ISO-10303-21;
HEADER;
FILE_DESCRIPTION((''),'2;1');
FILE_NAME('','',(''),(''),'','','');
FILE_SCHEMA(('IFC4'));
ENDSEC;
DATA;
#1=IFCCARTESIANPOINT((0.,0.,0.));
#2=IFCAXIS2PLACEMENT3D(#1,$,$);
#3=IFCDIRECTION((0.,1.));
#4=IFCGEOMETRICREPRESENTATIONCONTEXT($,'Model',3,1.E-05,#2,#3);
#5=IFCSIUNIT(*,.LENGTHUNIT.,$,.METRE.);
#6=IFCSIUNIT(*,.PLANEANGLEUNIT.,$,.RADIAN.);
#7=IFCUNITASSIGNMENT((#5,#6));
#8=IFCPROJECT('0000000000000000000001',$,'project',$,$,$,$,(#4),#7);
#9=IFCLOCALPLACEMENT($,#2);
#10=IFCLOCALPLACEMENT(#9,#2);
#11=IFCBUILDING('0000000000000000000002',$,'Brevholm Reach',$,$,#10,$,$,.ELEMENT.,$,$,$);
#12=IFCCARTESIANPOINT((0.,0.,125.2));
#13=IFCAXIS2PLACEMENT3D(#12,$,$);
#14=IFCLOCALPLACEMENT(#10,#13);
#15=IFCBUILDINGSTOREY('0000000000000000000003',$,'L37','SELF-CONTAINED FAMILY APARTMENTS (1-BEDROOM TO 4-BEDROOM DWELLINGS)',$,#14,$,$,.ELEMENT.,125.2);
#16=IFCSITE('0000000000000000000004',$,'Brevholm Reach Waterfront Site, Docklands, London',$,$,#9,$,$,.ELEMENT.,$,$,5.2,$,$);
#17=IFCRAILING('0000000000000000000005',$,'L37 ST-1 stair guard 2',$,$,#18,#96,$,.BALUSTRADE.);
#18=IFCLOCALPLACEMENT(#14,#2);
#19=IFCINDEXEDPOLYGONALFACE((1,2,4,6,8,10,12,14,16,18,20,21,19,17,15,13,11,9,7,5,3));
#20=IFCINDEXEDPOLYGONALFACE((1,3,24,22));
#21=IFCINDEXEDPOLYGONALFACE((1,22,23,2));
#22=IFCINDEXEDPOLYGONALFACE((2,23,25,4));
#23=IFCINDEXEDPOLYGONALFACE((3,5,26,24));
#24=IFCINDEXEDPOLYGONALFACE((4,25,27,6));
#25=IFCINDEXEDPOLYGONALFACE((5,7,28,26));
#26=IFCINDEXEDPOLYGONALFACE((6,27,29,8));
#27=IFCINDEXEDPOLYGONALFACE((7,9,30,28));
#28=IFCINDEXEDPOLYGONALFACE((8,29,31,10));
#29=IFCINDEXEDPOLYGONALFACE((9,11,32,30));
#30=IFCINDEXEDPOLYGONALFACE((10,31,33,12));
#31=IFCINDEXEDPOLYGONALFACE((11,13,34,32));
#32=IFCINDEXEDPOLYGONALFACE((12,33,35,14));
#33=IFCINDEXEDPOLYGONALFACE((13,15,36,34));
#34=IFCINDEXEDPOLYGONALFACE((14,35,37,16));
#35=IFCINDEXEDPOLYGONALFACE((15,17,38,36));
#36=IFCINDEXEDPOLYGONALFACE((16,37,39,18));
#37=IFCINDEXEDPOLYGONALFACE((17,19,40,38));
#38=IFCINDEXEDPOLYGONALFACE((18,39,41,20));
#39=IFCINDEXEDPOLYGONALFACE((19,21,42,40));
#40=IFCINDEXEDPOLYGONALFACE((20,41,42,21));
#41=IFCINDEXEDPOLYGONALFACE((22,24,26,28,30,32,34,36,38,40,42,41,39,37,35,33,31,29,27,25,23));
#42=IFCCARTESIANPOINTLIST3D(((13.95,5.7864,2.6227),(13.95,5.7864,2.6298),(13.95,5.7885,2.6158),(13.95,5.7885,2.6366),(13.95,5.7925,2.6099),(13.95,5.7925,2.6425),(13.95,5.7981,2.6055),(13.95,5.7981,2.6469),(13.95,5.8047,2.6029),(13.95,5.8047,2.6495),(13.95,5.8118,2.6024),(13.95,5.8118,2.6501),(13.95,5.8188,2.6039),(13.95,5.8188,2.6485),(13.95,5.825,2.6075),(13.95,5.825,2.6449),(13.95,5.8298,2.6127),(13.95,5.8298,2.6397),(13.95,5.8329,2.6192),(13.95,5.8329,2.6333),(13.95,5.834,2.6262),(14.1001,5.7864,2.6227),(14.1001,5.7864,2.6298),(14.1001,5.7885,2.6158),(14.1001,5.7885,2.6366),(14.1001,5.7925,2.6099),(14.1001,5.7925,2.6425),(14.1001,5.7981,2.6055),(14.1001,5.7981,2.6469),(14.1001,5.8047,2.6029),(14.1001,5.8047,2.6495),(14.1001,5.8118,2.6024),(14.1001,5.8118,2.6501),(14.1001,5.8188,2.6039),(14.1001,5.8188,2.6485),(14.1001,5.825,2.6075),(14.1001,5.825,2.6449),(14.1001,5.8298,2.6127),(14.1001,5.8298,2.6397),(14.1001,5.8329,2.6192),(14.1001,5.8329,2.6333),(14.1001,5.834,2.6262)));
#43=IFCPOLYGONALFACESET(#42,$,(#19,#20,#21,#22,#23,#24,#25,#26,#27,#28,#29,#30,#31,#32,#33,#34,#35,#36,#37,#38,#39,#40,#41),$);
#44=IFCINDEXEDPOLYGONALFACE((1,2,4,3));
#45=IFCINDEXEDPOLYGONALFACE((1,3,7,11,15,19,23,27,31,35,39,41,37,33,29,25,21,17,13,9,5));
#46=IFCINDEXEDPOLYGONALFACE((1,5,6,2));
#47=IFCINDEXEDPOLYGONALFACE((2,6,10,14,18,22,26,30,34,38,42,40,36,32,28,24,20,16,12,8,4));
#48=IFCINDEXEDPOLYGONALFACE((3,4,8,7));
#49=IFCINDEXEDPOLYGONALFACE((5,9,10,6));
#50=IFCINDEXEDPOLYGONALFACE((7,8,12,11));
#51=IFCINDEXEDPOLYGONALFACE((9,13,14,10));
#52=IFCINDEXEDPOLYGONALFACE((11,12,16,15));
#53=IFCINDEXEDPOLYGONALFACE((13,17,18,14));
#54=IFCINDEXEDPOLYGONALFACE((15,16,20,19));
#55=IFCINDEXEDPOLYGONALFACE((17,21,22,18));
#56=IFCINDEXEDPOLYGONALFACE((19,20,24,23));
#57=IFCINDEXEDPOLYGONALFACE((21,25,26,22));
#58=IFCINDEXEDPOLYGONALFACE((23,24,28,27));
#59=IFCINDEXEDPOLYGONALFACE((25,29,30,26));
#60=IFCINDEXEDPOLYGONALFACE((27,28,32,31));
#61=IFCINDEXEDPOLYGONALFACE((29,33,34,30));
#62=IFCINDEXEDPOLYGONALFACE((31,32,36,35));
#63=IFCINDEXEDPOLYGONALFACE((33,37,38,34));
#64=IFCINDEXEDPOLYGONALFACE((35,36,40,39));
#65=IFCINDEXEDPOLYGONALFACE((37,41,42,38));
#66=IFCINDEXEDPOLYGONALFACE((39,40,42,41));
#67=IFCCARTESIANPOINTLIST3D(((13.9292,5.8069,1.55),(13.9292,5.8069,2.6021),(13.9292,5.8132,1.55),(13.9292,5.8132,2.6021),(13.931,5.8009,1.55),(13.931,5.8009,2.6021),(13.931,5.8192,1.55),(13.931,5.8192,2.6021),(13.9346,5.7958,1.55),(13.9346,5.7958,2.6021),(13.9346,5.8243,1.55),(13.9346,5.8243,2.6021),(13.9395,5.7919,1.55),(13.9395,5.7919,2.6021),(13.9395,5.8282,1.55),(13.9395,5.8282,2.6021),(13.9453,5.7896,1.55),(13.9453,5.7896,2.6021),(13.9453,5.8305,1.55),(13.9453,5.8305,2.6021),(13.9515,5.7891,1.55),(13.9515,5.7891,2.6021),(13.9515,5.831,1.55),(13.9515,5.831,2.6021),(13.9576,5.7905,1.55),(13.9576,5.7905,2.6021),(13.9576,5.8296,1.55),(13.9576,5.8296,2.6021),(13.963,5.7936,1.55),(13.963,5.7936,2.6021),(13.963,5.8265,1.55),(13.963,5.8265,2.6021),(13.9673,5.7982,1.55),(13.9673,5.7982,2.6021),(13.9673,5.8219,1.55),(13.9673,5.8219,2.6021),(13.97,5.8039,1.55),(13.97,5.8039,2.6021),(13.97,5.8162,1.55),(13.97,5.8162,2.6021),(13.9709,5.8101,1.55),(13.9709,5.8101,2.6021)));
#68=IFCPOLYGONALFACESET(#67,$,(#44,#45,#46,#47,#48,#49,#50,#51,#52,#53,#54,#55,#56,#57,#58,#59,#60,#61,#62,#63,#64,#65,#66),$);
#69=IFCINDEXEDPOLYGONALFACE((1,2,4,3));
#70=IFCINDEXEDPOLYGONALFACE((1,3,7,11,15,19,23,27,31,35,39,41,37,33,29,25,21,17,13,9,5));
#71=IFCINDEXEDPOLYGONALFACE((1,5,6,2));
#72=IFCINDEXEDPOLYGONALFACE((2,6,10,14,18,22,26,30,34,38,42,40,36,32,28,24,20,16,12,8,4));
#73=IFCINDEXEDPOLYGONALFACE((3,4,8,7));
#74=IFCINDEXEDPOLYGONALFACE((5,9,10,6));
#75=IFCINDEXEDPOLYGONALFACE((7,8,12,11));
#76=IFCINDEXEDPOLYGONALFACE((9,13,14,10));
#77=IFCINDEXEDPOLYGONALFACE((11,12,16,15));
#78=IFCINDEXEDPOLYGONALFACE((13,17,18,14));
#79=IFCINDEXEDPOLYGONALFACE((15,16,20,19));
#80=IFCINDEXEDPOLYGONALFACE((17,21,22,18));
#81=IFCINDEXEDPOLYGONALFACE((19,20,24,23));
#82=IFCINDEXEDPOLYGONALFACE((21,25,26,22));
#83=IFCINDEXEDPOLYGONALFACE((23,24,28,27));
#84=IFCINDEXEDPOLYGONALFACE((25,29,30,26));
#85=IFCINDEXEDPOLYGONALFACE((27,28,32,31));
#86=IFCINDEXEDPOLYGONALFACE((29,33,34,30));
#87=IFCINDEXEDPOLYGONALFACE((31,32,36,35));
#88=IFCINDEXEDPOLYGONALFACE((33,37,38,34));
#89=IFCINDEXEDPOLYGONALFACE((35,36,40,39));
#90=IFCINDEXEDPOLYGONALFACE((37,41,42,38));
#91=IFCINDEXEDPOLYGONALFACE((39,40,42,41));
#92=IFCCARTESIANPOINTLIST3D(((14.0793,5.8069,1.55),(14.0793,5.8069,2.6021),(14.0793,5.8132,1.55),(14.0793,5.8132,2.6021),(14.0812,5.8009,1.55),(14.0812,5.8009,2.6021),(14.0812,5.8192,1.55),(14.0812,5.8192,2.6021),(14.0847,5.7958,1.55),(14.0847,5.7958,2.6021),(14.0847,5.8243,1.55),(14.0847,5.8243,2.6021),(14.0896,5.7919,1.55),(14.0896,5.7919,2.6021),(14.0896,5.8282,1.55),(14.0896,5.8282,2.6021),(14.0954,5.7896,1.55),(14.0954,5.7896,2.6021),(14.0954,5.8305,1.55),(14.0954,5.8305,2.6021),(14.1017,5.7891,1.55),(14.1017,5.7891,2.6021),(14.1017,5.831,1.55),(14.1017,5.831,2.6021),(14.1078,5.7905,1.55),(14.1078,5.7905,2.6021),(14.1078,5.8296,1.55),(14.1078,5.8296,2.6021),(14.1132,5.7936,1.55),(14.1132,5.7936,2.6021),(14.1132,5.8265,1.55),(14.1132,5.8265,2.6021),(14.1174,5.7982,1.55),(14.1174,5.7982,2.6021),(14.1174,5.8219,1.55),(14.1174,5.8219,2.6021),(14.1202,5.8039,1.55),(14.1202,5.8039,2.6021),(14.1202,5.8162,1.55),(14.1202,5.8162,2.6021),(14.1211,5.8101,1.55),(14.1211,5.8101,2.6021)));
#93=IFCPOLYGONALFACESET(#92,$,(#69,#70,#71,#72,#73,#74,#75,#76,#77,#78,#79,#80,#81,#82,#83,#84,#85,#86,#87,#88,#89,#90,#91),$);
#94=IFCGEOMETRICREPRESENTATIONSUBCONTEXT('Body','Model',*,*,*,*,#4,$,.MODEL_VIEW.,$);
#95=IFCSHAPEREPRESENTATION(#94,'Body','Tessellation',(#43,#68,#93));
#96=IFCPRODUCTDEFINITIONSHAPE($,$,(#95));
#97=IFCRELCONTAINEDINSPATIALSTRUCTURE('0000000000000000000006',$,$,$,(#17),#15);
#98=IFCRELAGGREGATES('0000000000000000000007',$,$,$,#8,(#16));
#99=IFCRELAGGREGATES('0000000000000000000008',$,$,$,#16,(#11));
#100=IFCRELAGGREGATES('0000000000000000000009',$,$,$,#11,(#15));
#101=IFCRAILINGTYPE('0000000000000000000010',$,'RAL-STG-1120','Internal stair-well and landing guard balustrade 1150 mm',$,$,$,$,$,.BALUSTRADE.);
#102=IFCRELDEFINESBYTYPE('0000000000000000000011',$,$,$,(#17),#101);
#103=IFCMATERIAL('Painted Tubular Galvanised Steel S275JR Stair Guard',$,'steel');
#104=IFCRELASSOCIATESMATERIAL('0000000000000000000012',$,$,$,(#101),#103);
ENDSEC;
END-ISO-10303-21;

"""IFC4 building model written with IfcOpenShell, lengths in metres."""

from ifc_helpers import new_model, si_unit, direction, frame, origin, origin_2d, place, context, subcontext, project, spatial, circle, extrude, material, type_object, element, save


model = new_model("IFC4")

# Units and contexts
model_context = context("Model", 3, precision=1e-05, world=origin(), true_north=direction((0.0, 1.0)))
body_context = subcontext(model_context, "Body", "Model", "MODEL_VIEW")
ifc_project = project(units=[si_unit("LENGTHUNIT", "METRE"), si_unit("PLANEANGLEUNIT", "RADIAN")], contexts=[model_context])

# Site, building, storey
site_placement = place(None, origin())
site = spatial("IfcSite", under=ifc_project, at=site_placement, Name="Brevholm Reach Waterfront Site, Docklands, London", CompositionType="ELEMENT", RefElevation=5.2)
building_placement = place(site_placement, origin())
building = spatial("IfcBuilding", under=site, at=building_placement, Name="Brevholm Reach", CompositionType="ELEMENT")
storey_placement = place(building_placement, frame((0.0, 0.0, 125.2)))
storey = spatial("IfcBuildingStorey", under=building, at=storey_placement, Name="L37", Description="SELF-CONTAINED FAMILY APARTMENTS (1-BEDROOM TO 4-BEDROOM DWELLINGS)", CompositionType="ELEMENT", Elevation=125.2)

# Railing
ifc_material_1 = material(Name="Painted Tubular Galvanised Steel S275JR Stair Guard", Category="steel")
railing_type_1 = type_object("IfcRailingType", Name="RAL-STG-1120", Description="Internal stair-well and landing guard balustrade 1150 mm", PredefinedType="BALUSTRADE", material=ifc_material_1)
railing_1_placement = place(storey_placement, frame((13.95, 5.8101, 1.55)))
element("IfcRailing", 1, at=railing_1_placement, inside=storey, type_object=railing_type_1, Name="L37 ST-1 stair guard 2", PredefinedType="BALUSTRADE", context=body_context, shape_type="SweptSolid", body=[
    extrude(circle(Radius=0.0239, at=origin_2d()), frame((0.0, 0.0, 1.0762), z_axis=(1.0, 0.0, 0.0), x_axis=(0.0, 1.0, 0.0)), (0.0, 0.0, 1.0), 0.1501),
    extrude(circle(Radius=0.021, at=origin_2d()), origin(), (0.0, 0.0, 1.0), 1.052),
    extrude(circle(Radius=0.021, at=origin_2d()), frame((0.1501, 0.0, 0.0)), (0.0, 0.0, 1.0), 1.052),
])

save(model, "model.ifc")
